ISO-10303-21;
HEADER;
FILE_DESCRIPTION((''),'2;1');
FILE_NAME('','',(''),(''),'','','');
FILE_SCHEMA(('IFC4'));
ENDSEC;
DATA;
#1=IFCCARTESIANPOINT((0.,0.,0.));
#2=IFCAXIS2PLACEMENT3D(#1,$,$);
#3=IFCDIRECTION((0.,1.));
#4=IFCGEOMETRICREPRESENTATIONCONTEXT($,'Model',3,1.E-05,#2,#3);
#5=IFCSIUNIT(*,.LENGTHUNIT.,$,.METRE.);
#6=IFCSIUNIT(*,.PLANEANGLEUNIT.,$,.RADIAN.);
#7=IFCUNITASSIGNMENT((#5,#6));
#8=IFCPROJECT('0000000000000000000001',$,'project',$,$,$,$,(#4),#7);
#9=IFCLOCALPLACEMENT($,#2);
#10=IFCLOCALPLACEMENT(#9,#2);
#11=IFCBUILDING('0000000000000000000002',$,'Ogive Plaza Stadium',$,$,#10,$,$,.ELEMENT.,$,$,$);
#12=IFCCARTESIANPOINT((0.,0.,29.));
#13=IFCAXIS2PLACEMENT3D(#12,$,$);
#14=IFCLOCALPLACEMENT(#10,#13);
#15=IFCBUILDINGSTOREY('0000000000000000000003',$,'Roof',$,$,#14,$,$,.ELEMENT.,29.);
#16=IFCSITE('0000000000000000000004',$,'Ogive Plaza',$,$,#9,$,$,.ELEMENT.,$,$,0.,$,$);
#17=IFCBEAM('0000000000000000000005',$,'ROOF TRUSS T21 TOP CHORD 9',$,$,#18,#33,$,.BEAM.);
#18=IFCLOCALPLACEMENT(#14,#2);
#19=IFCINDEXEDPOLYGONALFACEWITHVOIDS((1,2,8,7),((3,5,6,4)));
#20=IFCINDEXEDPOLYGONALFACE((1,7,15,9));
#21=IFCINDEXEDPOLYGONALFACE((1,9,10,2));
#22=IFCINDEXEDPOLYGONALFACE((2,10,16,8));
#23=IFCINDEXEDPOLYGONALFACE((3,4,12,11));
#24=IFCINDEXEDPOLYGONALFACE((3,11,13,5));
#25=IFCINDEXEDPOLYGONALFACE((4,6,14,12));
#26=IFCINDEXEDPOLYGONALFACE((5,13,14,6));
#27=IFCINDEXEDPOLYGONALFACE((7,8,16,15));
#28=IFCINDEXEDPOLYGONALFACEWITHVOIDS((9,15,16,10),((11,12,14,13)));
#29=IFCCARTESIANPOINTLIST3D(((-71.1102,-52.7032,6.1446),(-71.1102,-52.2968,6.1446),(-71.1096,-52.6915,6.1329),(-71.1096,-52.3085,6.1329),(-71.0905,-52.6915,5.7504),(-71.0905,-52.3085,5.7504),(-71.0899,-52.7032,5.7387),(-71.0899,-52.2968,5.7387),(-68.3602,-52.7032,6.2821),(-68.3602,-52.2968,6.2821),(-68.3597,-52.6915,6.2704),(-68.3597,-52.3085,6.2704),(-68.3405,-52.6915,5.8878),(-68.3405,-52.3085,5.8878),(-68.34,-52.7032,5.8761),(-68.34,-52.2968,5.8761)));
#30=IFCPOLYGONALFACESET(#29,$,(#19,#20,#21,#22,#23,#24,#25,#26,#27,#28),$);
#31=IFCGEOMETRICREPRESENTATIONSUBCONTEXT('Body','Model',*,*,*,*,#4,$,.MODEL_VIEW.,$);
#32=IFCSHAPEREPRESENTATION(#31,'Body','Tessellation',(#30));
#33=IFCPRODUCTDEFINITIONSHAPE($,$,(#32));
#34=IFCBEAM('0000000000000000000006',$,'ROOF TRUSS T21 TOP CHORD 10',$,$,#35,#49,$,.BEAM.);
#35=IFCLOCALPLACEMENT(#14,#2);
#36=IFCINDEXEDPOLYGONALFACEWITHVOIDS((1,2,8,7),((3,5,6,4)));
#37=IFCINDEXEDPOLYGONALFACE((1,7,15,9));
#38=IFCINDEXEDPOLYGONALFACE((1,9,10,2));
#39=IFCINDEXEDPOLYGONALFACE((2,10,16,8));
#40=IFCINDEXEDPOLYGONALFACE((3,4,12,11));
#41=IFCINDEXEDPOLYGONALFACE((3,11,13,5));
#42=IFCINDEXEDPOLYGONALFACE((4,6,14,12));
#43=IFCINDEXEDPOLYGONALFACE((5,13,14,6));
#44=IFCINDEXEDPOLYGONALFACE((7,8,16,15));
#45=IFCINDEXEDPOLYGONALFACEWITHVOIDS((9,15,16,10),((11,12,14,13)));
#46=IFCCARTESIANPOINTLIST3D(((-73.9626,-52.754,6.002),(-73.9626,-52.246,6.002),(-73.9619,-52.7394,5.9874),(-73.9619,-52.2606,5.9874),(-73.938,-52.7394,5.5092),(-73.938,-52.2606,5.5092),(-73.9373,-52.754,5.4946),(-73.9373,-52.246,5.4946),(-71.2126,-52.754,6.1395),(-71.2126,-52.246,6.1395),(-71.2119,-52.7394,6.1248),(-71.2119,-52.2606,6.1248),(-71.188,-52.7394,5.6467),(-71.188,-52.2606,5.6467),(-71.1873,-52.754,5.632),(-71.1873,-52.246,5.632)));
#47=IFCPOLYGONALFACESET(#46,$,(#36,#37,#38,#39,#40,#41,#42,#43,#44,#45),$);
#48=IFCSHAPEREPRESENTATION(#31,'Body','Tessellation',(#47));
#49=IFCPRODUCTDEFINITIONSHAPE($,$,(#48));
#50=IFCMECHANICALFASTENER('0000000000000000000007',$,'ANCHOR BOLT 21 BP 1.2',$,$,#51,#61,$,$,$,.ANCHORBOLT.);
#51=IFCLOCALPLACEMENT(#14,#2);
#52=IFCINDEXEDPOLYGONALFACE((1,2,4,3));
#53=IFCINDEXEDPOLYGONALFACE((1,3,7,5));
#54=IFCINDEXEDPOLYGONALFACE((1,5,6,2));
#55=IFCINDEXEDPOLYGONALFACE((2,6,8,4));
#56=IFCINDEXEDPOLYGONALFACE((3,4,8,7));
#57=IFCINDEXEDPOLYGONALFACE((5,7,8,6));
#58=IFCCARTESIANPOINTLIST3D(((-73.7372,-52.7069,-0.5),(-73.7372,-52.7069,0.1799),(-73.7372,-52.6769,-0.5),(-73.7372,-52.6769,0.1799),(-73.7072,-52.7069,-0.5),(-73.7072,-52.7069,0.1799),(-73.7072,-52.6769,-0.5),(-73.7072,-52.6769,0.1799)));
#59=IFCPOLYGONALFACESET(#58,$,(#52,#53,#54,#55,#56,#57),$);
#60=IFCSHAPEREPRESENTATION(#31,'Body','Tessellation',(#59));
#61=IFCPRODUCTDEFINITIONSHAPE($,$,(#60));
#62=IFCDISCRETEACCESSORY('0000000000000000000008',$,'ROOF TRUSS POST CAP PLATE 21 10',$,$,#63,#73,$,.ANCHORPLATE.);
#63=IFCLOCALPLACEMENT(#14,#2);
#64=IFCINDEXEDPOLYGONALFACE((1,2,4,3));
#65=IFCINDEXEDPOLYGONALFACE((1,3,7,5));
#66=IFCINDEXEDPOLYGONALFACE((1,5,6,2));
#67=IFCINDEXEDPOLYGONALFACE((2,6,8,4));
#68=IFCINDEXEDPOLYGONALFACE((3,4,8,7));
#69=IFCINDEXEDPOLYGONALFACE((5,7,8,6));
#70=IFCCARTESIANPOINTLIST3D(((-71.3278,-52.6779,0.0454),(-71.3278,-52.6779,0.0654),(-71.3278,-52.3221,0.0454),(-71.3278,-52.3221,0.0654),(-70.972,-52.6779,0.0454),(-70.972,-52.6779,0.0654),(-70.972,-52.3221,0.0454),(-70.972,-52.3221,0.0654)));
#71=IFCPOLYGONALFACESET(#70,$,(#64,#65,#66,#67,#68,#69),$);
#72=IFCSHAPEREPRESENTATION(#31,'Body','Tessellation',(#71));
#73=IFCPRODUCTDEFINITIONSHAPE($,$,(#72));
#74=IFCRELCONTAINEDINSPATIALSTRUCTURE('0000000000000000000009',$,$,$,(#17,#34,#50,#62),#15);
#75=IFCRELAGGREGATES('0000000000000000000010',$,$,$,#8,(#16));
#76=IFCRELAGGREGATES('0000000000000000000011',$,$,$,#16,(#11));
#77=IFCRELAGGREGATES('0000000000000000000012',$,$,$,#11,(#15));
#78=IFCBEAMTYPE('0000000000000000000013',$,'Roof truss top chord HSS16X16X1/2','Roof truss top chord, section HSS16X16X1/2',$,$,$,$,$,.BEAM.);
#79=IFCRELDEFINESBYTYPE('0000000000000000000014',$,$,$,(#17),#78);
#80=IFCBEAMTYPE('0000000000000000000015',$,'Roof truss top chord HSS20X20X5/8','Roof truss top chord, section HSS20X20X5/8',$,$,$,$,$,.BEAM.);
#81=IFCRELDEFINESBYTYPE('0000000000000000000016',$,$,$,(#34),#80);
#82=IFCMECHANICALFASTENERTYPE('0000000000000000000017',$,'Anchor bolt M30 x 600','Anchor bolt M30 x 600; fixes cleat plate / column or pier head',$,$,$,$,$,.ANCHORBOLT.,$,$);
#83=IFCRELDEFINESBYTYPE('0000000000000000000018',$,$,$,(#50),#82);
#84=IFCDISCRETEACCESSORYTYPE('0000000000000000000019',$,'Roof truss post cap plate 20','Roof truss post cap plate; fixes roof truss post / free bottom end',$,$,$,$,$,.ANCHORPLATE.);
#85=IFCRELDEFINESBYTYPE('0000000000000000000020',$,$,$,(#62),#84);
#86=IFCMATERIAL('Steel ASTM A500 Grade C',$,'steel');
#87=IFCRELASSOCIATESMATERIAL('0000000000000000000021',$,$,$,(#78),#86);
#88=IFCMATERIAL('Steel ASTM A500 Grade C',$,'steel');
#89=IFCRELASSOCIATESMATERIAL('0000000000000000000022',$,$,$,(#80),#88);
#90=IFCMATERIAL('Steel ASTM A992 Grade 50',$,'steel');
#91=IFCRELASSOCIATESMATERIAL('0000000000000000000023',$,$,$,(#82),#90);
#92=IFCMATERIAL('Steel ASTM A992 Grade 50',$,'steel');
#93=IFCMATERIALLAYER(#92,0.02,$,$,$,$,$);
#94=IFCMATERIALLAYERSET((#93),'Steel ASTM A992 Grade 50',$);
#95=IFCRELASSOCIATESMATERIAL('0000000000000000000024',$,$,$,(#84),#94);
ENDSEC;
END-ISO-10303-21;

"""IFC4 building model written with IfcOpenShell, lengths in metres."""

from ifc_helpers import new_model, si_unit, direction, frame, origin, origin_2d, place, context, subcontext, project, spatial, rectangle, hollow_rectangle, extrude, material, layer, layer_set, material_profile, profile_set, type_object, element, save


model = new_model("IFC4")

# Units and contexts
model_context = context("Model", 3, precision=1e-05, world=origin(), true_north=direction((0.0, 1.0)))
body_context = subcontext(model_context, "Body", "Model", "MODEL_VIEW")
ifc_project = project(units=[si_unit("LENGTHUNIT", "METRE"), si_unit("PLANEANGLEUNIT", "RADIAN")], contexts=[model_context])

# Site, building, storey
site_placement = place(None, origin())
site = spatial("IfcSite", under=ifc_project, at=site_placement, Name="Ogive Plaza", CompositionType="ELEMENT", RefElevation=0.0)
building_placement = place(site_placement, origin())
building = spatial("IfcBuilding", under=site, at=building_placement, Name="Ogive Plaza Stadium", CompositionType="ELEMENT")
storey_placement = place(building_placement, frame((0.0, 0.0, 29.0)))
storey = spatial("IfcBuildingStorey", under=building, at=storey_placement, Name="Roof", CompositionType="ELEMENT", Elevation=29.0)

# Beams
ifc_material_1 = material(Name="Steel ASTM A500 Grade C", Category="steel")
ifc_material_profile_1 = material_profile(ifc_material_1, hollow_rectangle(XDim=0.4065, YDim=0.4065, WallThickness=0.0117, at=origin_2d()), Name="HSS16X16X1/2")
ifc_profile_set_1 = profile_set([ifc_material_profile_1], Name="Steel ASTM A500 Grade C")
beam_type_1 = type_object("IfcBeamType", Name="Roof truss top chord HSS16X16X1/2", Description="Roof truss top chord, section HSS16X16X1/2", PredefinedType="BEAM", material=ifc_profile_set_1)
beam_1_placement = place(storey_placement, frame((-68.3501, -52.5, 6.0791), z_axis=(-0.998753, 0.0, -0.04992), x_axis=(0.0, -1.0, 0.0)))
element("IfcBeam", 1, at=beam_1_placement, inside=storey, type_object=beam_type_1, Name="ROOF TRUSS T21 TOP CHORD 9", PredefinedType="BEAM", context=body_context, shape_type="SweptSolid", body=[
    extrude(hollow_rectangle(XDim=0.4065, YDim=0.4065, WallThickness=0.0117, at=origin_2d()), origin(), (0.0, 0.0, 1.0), 2.7534),
])
ifc_material_2 = material(Name="Steel ASTM A500 Grade C", Category="steel")
ifc_material_profile_2 = material_profile(ifc_material_2, hollow_rectangle(XDim=0.5081, YDim=0.5081, WallThickness=0.0146, at=origin_2d()), Name="HSS20X20X5/8")
ifc_profile_set_2 = profile_set([ifc_material_profile_2], Name="Steel ASTM A500 Grade C")
beam_type_2 = type_object("IfcBeamType", Name="Roof truss top chord HSS20X20X5/8", Description="Roof truss top chord, section HSS20X20X5/8", PredefinedType="BEAM", material=ifc_profile_set_2)
beam_2_placement = place(storey_placement, frame((-71.2, -52.5, 5.8857), z_axis=(-0.998753, 0.0, -0.04992), x_axis=(0.0, -1.0, 0.0)))
element("IfcBeam", 2, at=beam_2_placement, inside=storey, type_object=beam_type_2, Name="ROOF TRUSS T21 TOP CHORD 10", PredefinedType="BEAM", context=body_context, shape_type="SweptSolid", body=[
    extrude(hollow_rectangle(XDim=0.5081, YDim=0.5081, WallThickness=0.0146, at=origin_2d()), origin(), (0.0, 0.0, 1.0), 2.7534),
])

# Mechanical fastener
ifc_material_3 = material(Name="Steel ASTM A992 Grade 50", Category="steel")
mechanical_fastener_type = type_object("IfcMechanicalFastenerType", Name="Anchor bolt M30 x 600", Description="Anchor bolt M30 x 600; fixes cleat plate / column or pier head", PredefinedType="ANCHORBOLT", material=ifc_material_3)
mechanical_fastener_placement = place(storey_placement, frame((-73.7222, -52.6919, -0.5), z_axis=(0.0, 0.0, 1.0), x_axis=(-1.0, 0.0, 0.0)))
element("IfcMechanicalFastener", 3, at=mechanical_fastener_placement, inside=storey, type_object=mechanical_fastener_type, Name="ANCHOR BOLT 21 BP 1.2", PredefinedType="ANCHORBOLT", context=body_context, shape_type="SweptSolid", body=[
    extrude(rectangle(XDim=0.03, YDim=0.03, at=origin_2d()), origin(), (0.0, 0.0, 1.0), 0.6799),
])

# Discrete accessory
ifc_material_4 = material(Name="Steel ASTM A992 Grade 50", Category="steel")
ifc_layer = layer(ifc_material_4, 0.02)
ifc_layer_set = layer_set([ifc_layer], Name="Steel ASTM A992 Grade 50")
discrete_accessory_type = type_object("IfcDiscreteAccessoryType", Name="Roof truss post cap plate 20", Description="Roof truss post cap plate; fixes roof truss post / free bottom end", PredefinedType="ANCHORPLATE", material=ifc_layer_set)
discrete_accessory_placement = place(storey_placement, frame((-71.1499, -52.5, 0.0454), z_axis=(0.0, 0.0, 1.0), x_axis=(-1.0, 0.0, 0.0)))
element("IfcDiscreteAccessory", 4, at=discrete_accessory_placement, inside=storey, type_object=discrete_accessory_type, Name="ROOF TRUSS POST CAP PLATE 21 10", PredefinedType="ANCHORPLATE", context=body_context, shape_type="SweptSolid", body=[
    extrude(rectangle(XDim=0.3557, YDim=0.3557, at=origin_2d()), origin(), (0.0, 0.0, 1.0), 0.02),
])

save(model, "model.ifc")
